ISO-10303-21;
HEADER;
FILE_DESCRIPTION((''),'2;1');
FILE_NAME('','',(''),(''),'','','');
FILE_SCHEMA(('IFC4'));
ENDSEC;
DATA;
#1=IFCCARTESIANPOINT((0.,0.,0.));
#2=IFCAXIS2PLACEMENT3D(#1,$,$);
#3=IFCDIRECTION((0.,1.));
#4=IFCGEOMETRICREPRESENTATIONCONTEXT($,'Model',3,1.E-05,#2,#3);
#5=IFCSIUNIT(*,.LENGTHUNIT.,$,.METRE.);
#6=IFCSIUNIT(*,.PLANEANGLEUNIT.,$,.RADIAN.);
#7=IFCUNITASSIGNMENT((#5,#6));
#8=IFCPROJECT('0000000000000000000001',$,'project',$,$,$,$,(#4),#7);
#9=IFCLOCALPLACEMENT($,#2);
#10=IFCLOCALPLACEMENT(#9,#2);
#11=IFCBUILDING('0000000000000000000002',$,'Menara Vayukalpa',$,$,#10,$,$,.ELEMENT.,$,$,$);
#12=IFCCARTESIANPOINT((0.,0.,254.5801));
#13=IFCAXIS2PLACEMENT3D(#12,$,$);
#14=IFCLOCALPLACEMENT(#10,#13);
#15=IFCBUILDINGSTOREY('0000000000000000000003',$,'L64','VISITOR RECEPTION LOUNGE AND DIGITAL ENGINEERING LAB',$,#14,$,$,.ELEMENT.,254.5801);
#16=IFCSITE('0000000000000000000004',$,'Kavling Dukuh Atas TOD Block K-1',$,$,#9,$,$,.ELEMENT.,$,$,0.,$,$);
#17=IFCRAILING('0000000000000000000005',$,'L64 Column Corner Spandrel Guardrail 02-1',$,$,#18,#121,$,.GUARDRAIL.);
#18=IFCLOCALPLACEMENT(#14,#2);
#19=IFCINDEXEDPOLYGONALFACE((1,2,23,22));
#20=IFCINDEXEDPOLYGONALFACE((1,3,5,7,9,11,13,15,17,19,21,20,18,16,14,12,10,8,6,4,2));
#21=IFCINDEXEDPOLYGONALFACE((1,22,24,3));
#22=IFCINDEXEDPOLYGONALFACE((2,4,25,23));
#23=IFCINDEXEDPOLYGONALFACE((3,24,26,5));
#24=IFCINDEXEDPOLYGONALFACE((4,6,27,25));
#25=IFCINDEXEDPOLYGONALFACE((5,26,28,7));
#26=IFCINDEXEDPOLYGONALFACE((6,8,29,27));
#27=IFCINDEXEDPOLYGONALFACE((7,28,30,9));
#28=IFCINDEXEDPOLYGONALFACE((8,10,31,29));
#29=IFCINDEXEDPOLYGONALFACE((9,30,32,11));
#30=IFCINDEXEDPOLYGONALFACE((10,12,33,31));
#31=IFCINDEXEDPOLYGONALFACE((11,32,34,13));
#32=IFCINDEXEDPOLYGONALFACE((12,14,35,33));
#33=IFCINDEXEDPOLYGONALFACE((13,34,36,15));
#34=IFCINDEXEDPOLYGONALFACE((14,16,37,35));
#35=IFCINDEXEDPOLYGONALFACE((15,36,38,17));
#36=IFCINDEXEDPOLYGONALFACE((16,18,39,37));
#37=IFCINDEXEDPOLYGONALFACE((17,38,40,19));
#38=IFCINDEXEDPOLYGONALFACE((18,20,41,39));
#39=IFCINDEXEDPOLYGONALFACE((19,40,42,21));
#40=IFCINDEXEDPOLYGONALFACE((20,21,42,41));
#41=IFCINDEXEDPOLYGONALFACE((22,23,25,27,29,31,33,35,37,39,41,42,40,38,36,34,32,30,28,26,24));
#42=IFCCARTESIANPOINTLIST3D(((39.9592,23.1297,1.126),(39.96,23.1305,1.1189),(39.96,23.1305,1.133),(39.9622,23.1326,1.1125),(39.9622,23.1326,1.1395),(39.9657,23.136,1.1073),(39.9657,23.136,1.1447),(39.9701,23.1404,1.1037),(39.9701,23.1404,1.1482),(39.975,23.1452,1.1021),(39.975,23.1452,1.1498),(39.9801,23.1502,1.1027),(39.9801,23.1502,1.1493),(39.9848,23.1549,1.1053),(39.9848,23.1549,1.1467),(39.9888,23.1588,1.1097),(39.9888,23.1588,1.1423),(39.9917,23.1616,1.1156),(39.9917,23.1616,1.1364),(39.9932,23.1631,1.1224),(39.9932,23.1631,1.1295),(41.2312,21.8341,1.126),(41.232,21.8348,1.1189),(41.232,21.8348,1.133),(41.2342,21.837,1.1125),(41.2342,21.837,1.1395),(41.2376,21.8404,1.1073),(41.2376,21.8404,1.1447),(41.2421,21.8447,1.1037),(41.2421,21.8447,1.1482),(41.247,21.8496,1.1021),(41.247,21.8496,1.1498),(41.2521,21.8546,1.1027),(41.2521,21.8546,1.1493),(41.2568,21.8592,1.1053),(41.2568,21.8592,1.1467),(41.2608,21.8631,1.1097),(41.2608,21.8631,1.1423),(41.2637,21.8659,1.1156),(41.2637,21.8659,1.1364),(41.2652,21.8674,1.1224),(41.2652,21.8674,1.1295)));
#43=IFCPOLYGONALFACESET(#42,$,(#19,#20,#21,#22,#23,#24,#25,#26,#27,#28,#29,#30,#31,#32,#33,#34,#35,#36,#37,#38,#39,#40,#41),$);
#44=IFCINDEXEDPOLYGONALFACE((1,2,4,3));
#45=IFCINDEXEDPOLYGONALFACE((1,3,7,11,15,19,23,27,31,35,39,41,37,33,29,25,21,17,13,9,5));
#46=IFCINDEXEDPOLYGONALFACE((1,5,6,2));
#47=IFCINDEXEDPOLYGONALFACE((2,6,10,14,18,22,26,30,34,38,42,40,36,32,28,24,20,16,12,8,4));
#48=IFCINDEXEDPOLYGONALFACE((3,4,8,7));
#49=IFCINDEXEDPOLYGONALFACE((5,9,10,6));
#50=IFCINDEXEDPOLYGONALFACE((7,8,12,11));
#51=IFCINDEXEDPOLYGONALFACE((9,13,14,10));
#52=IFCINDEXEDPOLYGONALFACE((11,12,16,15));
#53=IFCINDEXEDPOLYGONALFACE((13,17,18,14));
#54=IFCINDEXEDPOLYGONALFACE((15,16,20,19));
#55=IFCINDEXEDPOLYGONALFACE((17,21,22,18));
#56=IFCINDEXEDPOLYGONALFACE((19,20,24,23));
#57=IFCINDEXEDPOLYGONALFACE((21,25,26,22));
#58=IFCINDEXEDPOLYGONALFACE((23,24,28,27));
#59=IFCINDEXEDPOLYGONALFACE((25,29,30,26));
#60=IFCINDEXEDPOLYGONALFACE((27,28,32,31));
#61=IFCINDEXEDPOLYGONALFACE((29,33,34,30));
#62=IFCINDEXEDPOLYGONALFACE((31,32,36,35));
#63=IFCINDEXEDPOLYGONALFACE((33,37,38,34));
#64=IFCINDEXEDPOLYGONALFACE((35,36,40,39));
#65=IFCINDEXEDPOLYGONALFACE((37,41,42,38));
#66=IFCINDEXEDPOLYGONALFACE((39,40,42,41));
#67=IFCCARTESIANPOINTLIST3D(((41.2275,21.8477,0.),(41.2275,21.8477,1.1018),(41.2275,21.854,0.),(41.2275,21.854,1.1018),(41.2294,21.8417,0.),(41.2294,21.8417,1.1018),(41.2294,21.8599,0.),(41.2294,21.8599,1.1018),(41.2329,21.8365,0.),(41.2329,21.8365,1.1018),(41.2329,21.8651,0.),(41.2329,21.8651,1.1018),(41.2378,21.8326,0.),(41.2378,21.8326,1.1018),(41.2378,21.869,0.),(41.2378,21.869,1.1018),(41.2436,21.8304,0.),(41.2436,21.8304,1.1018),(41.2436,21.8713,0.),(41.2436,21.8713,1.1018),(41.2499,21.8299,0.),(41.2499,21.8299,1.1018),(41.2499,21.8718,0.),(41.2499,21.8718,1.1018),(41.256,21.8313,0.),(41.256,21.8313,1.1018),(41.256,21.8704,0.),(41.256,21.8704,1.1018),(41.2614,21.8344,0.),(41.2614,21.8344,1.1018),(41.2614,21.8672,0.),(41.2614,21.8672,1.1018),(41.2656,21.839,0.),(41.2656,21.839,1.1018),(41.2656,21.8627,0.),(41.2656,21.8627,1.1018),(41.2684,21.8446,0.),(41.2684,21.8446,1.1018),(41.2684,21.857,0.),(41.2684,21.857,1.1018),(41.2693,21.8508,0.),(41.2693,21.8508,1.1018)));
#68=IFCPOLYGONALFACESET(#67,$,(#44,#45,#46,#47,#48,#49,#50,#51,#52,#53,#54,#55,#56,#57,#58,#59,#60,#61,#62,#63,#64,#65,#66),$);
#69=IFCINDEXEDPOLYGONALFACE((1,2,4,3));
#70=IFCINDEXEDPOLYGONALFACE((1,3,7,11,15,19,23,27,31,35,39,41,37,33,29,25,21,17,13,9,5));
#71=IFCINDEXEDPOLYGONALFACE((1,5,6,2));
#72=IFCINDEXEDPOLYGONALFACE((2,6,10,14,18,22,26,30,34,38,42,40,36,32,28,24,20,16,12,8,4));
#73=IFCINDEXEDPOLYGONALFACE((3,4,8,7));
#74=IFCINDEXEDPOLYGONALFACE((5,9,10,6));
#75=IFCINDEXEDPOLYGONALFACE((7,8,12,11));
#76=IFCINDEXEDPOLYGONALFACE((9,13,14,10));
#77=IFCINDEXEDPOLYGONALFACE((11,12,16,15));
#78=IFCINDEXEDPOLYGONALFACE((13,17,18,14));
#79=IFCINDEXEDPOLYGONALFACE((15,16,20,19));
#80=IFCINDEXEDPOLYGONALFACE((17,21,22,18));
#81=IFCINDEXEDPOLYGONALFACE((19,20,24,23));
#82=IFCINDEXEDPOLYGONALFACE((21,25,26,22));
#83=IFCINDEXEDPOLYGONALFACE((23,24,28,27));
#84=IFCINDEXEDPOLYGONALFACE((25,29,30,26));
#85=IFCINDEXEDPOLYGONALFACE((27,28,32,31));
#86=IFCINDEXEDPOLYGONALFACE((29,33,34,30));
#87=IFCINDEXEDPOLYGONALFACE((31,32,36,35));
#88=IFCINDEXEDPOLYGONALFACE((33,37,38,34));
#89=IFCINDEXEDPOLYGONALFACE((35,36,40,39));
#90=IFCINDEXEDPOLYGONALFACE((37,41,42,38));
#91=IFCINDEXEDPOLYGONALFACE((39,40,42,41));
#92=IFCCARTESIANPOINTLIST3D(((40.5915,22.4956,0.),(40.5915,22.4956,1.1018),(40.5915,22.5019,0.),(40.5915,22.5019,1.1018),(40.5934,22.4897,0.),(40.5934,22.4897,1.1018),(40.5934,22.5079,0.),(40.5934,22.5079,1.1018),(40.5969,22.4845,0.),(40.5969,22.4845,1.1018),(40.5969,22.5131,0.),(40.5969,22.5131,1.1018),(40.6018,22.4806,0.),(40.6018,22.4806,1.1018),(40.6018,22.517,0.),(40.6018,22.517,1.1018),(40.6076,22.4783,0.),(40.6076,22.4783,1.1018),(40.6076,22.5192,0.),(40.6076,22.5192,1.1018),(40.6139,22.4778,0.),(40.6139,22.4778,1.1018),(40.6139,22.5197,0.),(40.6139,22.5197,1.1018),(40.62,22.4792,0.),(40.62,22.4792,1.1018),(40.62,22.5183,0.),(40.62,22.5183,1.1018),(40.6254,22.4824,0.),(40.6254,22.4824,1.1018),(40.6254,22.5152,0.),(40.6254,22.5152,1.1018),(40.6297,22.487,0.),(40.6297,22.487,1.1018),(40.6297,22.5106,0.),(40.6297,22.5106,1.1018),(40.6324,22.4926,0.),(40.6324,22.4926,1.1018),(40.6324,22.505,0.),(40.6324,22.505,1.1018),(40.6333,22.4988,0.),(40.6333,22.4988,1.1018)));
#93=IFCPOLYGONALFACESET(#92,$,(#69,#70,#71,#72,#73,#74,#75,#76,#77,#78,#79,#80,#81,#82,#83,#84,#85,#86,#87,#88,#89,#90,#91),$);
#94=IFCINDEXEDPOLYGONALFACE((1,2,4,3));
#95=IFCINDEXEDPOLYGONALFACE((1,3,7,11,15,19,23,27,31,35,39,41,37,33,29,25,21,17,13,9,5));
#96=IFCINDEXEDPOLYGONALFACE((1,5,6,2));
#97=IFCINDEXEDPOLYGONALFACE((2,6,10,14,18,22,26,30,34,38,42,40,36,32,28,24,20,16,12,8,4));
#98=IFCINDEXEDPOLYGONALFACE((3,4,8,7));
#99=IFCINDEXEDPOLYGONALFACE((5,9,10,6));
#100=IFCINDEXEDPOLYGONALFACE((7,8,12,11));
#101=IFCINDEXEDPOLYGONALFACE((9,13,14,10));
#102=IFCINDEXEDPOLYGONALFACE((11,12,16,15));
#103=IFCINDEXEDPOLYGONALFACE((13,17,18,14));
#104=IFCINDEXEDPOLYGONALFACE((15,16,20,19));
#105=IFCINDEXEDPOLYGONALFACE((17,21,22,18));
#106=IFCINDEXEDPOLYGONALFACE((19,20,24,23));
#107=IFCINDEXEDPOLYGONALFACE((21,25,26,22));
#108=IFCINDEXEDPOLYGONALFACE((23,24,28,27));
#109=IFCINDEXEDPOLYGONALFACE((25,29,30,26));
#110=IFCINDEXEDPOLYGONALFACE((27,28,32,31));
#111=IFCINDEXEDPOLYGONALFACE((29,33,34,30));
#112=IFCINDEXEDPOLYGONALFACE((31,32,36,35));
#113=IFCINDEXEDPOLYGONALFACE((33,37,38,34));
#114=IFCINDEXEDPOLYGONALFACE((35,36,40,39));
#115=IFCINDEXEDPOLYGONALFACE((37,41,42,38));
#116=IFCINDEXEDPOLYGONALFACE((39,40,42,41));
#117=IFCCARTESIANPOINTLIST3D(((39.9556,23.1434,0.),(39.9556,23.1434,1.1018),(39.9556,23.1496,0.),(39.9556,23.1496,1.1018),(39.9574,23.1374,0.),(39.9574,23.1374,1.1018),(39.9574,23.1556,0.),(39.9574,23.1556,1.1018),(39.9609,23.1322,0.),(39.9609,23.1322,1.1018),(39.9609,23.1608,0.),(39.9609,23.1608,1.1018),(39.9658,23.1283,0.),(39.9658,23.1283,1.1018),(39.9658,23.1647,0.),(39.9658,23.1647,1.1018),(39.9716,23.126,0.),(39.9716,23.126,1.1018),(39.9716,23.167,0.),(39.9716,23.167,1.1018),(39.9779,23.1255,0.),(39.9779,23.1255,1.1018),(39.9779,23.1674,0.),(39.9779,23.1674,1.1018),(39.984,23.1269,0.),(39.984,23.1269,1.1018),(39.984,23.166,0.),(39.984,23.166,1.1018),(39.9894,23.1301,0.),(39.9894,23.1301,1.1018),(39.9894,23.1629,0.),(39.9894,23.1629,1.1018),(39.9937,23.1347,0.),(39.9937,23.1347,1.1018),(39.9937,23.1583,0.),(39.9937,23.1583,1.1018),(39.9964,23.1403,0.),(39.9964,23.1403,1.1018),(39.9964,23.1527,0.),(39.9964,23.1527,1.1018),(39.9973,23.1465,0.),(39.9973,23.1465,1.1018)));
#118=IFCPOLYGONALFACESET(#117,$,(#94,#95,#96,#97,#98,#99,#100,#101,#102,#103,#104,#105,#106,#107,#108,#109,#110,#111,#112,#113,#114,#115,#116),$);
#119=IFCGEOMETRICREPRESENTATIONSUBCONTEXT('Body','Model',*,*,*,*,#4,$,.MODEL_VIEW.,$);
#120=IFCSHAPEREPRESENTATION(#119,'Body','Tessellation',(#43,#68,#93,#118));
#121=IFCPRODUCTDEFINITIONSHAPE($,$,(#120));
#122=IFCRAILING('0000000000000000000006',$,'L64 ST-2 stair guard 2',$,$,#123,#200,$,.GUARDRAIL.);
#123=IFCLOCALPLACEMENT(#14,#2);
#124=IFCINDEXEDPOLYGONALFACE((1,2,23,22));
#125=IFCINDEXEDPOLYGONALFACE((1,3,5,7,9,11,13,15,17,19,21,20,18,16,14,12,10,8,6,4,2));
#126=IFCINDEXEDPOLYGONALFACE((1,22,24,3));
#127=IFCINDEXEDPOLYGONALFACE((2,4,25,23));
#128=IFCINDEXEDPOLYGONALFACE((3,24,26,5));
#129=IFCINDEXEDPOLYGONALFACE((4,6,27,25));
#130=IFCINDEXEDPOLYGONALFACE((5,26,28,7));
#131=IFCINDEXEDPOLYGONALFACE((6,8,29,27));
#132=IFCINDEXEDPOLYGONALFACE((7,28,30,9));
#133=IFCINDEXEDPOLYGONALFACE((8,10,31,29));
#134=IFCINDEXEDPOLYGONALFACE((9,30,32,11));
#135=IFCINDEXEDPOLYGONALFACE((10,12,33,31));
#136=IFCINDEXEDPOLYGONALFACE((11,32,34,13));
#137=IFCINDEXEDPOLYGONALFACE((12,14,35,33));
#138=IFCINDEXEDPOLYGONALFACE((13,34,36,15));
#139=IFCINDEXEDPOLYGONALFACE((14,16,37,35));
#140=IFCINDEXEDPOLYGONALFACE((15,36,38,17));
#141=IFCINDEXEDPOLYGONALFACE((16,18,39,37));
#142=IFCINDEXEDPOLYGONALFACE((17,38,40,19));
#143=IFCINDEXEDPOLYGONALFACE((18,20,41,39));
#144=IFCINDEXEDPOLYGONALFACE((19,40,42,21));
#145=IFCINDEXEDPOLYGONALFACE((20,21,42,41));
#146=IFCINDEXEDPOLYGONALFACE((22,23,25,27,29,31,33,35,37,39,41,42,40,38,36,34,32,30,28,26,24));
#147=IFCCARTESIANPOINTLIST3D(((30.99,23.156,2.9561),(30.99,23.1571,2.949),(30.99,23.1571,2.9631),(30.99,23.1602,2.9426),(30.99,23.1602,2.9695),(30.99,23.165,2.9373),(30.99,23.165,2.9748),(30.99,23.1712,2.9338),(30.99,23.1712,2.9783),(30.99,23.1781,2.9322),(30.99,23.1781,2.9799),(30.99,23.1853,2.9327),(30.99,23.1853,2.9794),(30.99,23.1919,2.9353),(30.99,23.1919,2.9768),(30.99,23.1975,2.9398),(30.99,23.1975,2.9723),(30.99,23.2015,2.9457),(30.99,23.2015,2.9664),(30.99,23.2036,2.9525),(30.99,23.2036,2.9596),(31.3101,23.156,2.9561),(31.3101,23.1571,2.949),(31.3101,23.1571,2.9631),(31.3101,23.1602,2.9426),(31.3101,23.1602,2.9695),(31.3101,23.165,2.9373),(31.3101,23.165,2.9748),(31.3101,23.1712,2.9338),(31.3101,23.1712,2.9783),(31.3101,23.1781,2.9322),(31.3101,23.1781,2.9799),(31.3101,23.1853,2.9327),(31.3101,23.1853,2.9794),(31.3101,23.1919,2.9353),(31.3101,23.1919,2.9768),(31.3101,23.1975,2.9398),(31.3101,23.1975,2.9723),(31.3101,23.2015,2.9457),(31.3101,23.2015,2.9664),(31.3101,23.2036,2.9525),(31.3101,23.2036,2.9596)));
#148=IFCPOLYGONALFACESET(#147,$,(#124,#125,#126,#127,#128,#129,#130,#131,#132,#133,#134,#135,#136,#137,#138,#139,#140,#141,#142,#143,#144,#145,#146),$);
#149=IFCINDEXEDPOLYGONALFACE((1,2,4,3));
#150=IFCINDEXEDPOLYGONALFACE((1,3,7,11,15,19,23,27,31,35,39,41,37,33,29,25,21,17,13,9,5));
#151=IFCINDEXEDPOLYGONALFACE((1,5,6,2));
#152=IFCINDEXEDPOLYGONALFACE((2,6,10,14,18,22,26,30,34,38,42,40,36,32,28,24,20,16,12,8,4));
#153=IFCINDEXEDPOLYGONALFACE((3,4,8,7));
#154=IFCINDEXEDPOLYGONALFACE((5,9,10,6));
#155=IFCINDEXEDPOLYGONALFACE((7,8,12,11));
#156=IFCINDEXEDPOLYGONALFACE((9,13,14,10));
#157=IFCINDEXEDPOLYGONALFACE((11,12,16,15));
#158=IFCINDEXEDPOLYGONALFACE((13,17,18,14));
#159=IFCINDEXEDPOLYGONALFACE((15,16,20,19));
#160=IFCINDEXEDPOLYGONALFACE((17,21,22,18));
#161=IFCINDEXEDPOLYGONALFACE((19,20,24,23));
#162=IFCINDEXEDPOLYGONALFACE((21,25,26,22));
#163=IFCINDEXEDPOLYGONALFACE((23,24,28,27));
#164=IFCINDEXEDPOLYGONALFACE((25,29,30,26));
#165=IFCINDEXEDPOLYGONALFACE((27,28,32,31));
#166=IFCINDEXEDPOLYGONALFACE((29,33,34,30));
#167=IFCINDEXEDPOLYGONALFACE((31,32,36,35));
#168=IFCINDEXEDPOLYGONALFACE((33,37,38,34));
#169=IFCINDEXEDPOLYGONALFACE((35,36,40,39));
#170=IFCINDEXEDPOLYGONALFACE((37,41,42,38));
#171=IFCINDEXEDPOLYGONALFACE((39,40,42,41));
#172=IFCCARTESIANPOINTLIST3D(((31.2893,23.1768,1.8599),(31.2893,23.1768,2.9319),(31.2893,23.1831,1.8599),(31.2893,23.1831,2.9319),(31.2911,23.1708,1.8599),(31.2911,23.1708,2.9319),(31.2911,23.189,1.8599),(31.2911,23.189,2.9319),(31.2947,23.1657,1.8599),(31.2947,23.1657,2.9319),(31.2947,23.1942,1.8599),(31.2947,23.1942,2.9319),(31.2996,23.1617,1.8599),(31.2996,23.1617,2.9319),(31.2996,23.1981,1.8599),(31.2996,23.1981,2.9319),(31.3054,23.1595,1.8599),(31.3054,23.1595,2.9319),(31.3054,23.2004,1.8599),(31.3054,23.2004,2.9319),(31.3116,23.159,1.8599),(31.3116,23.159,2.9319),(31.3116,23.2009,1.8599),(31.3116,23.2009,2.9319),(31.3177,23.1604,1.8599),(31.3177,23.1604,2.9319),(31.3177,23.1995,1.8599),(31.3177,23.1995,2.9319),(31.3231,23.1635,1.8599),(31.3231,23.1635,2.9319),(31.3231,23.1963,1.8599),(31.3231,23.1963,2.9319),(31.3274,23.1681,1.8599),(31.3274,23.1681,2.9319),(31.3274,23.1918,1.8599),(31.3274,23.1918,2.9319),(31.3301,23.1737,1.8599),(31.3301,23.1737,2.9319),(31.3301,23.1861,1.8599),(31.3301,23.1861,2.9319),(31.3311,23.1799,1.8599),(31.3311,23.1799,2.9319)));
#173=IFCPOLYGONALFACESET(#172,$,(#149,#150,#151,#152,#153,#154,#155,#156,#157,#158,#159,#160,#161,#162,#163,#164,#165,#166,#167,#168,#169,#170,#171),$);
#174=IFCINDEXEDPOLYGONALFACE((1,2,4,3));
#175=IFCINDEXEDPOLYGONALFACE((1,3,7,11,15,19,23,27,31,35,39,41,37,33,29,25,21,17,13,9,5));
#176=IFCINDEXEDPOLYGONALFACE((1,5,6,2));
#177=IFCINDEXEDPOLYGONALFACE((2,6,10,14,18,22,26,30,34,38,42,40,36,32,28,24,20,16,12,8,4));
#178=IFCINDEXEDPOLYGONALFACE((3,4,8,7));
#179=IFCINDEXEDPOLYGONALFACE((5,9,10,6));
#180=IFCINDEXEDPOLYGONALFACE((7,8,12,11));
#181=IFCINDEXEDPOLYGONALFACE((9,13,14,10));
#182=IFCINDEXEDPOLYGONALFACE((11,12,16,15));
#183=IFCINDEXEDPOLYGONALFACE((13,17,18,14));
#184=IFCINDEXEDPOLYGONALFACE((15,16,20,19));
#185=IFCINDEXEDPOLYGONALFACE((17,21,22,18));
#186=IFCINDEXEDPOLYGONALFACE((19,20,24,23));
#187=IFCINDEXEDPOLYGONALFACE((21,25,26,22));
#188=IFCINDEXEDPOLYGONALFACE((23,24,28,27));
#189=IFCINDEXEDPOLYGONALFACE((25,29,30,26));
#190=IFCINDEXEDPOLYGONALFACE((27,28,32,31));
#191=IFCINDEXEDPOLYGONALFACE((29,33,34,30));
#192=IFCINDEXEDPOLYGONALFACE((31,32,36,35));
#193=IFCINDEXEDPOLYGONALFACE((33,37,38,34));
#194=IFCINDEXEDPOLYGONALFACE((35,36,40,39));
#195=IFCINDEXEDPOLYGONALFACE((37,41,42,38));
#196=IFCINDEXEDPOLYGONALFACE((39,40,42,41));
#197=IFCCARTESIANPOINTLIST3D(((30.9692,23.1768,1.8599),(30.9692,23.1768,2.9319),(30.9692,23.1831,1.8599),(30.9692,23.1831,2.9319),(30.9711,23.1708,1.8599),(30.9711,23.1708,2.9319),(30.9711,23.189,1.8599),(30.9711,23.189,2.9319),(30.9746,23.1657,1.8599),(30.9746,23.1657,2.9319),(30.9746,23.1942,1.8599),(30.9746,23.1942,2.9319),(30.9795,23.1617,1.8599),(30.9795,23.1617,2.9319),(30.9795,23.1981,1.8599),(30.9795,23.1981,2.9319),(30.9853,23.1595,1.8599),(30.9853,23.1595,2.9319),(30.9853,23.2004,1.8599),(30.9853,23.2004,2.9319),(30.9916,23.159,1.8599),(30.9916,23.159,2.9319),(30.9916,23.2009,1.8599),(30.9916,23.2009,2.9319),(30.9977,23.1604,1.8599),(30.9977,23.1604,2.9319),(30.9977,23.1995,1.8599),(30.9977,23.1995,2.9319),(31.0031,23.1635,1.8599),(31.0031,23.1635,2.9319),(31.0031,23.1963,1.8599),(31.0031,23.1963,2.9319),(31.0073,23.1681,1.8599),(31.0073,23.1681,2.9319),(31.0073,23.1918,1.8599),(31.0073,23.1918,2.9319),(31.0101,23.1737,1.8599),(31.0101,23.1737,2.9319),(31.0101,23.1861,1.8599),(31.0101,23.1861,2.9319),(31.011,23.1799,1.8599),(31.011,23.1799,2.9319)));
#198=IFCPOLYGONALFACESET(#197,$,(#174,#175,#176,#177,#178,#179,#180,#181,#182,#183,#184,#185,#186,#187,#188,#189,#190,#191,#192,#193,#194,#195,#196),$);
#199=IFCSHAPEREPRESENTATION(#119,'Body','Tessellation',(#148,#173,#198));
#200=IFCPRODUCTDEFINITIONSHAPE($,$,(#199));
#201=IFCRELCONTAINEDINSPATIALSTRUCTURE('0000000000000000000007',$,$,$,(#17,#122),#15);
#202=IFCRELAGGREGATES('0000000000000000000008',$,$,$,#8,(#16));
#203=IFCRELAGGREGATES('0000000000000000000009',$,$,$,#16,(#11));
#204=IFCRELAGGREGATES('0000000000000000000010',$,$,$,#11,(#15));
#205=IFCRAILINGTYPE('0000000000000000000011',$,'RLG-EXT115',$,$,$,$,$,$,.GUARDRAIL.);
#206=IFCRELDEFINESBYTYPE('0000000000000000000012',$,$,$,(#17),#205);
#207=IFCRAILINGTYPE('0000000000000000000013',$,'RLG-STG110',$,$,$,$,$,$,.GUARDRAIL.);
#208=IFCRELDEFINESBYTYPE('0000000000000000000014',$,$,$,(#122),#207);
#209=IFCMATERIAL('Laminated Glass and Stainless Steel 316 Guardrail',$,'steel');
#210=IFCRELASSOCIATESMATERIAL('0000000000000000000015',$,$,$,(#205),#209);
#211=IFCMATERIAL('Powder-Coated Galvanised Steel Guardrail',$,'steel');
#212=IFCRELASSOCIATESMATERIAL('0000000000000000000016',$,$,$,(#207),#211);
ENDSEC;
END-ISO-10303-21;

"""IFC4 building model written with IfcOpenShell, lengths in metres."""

from ifc_helpers import new_model, si_unit, direction, frame, origin, origin_2d, place, context, subcontext, project, spatial, circle, extrude, material, type_object, element, save


model = new_model("IFC4")

# Units and contexts
model_context = context("Model", 3, precision=1e-05, world=origin(), true_north=direction((0.0, 1.0)))
body_context = subcontext(model_context, "Body", "Model", "MODEL_VIEW")
ifc_project = project(units=[si_unit("LENGTHUNIT", "METRE"), si_unit("PLANEANGLEUNIT", "RADIAN")], contexts=[model_context])

# Site, building, storey
site_placement = place(None, origin())
site = spatial("IfcSite", under=ifc_project, at=site_placement, Name="Kavling Dukuh Atas TOD Block K-1", CompositionType="ELEMENT", RefElevation=0.0)
building_placement = place(site_placement, origin())
building = spatial("IfcBuilding", under=site, at=building_placement, Name="Menara Vayukalpa", CompositionType="ELEMENT")
storey_placement = place(building_placement, frame((0.0, 0.0, 254.5801)))
storey = spatial("IfcBuildingStorey", under=building, at=storey_placement, Name="L64", Description="VISITOR RECEPTION LOUNGE AND DIGITAL ENGINEERING LAB", CompositionType="ELEMENT", Elevation=254.5801)

# Railings
ifc_material_1 = material(Name="Laminated Glass and Stainless Steel 316 Guardrail", Category="steel")
railing_type_1 = type_object("IfcRailingType", Name="RLG-EXT115", PredefinedType="GUARDRAIL", material=ifc_material_1)
railing_1_placement = place(storey_placement, frame((41.2483, 21.8508, 0.0)))
element("IfcRailing", 1, at=railing_1_placement, inside=storey, type_object=railing_type_1, Name="L64 Column Corner Spandrel Guardrail 02-1", PredefinedType="GUARDRAIL", context=body_context, shape_type="SweptSolid", body=[
    extrude(circle(Radius=0.0239, at=origin_2d()), frame((0.0, 0.0, 1.126), z_axis=(-0.700555, 0.713598, 0.0), x_axis=(-0.713598, -0.700555, 0.0)), (0.0, 0.0, 1.0), 1.8157),
    extrude(circle(Radius=0.021, at=origin_2d()), origin(), (0.0, 0.0, 1.0), 1.1018),
    extrude(circle(Radius=0.021, at=origin_2d()), frame((-0.636, 0.6479, 0.0)), (0.0, 0.0, 1.0), 1.1018),
    extrude(circle(Radius=0.021, at=origin_2d()), frame((-1.272, 1.2957, 0.0)), (0.0, 0.0, 1.0), 1.1018),
])
ifc_material_2 = material(Name="Powder-Coated Galvanised Steel Guardrail", Category="steel")
railing_type_2 = type_object("IfcRailingType", Name="RLG-STG110", PredefinedType="GUARDRAIL", material=ifc_material_2)
railing_2_placement = place(storey_placement, frame((31.3101, 23.1799, 1.8599)))
element("IfcRailing", 2, at=railing_2_placement, inside=storey, type_object=railing_type_2, Name="L64 ST-2 stair guard 2", PredefinedType="GUARDRAIL", context=body_context, shape_type="SweptSolid", body=[
    extrude(circle(Radius=0.0239, at=origin_2d()), frame((0.0, 0.0, 1.0962), z_axis=(-1.0, 0.0, 0.0), x_axis=(0.0, -1.0, 0.0)), (0.0, 0.0, 1.0), 0.3201),
    extrude(circle(Radius=0.021, at=origin_2d()), origin(), (0.0, 0.0, 1.0), 1.072),
    extrude(circle(Radius=0.021, at=origin_2d()), frame((-0.3201, 0.0, 0.0)), (0.0, 0.0, 1.0), 1.072),
])

save(model, "model.ifc")
